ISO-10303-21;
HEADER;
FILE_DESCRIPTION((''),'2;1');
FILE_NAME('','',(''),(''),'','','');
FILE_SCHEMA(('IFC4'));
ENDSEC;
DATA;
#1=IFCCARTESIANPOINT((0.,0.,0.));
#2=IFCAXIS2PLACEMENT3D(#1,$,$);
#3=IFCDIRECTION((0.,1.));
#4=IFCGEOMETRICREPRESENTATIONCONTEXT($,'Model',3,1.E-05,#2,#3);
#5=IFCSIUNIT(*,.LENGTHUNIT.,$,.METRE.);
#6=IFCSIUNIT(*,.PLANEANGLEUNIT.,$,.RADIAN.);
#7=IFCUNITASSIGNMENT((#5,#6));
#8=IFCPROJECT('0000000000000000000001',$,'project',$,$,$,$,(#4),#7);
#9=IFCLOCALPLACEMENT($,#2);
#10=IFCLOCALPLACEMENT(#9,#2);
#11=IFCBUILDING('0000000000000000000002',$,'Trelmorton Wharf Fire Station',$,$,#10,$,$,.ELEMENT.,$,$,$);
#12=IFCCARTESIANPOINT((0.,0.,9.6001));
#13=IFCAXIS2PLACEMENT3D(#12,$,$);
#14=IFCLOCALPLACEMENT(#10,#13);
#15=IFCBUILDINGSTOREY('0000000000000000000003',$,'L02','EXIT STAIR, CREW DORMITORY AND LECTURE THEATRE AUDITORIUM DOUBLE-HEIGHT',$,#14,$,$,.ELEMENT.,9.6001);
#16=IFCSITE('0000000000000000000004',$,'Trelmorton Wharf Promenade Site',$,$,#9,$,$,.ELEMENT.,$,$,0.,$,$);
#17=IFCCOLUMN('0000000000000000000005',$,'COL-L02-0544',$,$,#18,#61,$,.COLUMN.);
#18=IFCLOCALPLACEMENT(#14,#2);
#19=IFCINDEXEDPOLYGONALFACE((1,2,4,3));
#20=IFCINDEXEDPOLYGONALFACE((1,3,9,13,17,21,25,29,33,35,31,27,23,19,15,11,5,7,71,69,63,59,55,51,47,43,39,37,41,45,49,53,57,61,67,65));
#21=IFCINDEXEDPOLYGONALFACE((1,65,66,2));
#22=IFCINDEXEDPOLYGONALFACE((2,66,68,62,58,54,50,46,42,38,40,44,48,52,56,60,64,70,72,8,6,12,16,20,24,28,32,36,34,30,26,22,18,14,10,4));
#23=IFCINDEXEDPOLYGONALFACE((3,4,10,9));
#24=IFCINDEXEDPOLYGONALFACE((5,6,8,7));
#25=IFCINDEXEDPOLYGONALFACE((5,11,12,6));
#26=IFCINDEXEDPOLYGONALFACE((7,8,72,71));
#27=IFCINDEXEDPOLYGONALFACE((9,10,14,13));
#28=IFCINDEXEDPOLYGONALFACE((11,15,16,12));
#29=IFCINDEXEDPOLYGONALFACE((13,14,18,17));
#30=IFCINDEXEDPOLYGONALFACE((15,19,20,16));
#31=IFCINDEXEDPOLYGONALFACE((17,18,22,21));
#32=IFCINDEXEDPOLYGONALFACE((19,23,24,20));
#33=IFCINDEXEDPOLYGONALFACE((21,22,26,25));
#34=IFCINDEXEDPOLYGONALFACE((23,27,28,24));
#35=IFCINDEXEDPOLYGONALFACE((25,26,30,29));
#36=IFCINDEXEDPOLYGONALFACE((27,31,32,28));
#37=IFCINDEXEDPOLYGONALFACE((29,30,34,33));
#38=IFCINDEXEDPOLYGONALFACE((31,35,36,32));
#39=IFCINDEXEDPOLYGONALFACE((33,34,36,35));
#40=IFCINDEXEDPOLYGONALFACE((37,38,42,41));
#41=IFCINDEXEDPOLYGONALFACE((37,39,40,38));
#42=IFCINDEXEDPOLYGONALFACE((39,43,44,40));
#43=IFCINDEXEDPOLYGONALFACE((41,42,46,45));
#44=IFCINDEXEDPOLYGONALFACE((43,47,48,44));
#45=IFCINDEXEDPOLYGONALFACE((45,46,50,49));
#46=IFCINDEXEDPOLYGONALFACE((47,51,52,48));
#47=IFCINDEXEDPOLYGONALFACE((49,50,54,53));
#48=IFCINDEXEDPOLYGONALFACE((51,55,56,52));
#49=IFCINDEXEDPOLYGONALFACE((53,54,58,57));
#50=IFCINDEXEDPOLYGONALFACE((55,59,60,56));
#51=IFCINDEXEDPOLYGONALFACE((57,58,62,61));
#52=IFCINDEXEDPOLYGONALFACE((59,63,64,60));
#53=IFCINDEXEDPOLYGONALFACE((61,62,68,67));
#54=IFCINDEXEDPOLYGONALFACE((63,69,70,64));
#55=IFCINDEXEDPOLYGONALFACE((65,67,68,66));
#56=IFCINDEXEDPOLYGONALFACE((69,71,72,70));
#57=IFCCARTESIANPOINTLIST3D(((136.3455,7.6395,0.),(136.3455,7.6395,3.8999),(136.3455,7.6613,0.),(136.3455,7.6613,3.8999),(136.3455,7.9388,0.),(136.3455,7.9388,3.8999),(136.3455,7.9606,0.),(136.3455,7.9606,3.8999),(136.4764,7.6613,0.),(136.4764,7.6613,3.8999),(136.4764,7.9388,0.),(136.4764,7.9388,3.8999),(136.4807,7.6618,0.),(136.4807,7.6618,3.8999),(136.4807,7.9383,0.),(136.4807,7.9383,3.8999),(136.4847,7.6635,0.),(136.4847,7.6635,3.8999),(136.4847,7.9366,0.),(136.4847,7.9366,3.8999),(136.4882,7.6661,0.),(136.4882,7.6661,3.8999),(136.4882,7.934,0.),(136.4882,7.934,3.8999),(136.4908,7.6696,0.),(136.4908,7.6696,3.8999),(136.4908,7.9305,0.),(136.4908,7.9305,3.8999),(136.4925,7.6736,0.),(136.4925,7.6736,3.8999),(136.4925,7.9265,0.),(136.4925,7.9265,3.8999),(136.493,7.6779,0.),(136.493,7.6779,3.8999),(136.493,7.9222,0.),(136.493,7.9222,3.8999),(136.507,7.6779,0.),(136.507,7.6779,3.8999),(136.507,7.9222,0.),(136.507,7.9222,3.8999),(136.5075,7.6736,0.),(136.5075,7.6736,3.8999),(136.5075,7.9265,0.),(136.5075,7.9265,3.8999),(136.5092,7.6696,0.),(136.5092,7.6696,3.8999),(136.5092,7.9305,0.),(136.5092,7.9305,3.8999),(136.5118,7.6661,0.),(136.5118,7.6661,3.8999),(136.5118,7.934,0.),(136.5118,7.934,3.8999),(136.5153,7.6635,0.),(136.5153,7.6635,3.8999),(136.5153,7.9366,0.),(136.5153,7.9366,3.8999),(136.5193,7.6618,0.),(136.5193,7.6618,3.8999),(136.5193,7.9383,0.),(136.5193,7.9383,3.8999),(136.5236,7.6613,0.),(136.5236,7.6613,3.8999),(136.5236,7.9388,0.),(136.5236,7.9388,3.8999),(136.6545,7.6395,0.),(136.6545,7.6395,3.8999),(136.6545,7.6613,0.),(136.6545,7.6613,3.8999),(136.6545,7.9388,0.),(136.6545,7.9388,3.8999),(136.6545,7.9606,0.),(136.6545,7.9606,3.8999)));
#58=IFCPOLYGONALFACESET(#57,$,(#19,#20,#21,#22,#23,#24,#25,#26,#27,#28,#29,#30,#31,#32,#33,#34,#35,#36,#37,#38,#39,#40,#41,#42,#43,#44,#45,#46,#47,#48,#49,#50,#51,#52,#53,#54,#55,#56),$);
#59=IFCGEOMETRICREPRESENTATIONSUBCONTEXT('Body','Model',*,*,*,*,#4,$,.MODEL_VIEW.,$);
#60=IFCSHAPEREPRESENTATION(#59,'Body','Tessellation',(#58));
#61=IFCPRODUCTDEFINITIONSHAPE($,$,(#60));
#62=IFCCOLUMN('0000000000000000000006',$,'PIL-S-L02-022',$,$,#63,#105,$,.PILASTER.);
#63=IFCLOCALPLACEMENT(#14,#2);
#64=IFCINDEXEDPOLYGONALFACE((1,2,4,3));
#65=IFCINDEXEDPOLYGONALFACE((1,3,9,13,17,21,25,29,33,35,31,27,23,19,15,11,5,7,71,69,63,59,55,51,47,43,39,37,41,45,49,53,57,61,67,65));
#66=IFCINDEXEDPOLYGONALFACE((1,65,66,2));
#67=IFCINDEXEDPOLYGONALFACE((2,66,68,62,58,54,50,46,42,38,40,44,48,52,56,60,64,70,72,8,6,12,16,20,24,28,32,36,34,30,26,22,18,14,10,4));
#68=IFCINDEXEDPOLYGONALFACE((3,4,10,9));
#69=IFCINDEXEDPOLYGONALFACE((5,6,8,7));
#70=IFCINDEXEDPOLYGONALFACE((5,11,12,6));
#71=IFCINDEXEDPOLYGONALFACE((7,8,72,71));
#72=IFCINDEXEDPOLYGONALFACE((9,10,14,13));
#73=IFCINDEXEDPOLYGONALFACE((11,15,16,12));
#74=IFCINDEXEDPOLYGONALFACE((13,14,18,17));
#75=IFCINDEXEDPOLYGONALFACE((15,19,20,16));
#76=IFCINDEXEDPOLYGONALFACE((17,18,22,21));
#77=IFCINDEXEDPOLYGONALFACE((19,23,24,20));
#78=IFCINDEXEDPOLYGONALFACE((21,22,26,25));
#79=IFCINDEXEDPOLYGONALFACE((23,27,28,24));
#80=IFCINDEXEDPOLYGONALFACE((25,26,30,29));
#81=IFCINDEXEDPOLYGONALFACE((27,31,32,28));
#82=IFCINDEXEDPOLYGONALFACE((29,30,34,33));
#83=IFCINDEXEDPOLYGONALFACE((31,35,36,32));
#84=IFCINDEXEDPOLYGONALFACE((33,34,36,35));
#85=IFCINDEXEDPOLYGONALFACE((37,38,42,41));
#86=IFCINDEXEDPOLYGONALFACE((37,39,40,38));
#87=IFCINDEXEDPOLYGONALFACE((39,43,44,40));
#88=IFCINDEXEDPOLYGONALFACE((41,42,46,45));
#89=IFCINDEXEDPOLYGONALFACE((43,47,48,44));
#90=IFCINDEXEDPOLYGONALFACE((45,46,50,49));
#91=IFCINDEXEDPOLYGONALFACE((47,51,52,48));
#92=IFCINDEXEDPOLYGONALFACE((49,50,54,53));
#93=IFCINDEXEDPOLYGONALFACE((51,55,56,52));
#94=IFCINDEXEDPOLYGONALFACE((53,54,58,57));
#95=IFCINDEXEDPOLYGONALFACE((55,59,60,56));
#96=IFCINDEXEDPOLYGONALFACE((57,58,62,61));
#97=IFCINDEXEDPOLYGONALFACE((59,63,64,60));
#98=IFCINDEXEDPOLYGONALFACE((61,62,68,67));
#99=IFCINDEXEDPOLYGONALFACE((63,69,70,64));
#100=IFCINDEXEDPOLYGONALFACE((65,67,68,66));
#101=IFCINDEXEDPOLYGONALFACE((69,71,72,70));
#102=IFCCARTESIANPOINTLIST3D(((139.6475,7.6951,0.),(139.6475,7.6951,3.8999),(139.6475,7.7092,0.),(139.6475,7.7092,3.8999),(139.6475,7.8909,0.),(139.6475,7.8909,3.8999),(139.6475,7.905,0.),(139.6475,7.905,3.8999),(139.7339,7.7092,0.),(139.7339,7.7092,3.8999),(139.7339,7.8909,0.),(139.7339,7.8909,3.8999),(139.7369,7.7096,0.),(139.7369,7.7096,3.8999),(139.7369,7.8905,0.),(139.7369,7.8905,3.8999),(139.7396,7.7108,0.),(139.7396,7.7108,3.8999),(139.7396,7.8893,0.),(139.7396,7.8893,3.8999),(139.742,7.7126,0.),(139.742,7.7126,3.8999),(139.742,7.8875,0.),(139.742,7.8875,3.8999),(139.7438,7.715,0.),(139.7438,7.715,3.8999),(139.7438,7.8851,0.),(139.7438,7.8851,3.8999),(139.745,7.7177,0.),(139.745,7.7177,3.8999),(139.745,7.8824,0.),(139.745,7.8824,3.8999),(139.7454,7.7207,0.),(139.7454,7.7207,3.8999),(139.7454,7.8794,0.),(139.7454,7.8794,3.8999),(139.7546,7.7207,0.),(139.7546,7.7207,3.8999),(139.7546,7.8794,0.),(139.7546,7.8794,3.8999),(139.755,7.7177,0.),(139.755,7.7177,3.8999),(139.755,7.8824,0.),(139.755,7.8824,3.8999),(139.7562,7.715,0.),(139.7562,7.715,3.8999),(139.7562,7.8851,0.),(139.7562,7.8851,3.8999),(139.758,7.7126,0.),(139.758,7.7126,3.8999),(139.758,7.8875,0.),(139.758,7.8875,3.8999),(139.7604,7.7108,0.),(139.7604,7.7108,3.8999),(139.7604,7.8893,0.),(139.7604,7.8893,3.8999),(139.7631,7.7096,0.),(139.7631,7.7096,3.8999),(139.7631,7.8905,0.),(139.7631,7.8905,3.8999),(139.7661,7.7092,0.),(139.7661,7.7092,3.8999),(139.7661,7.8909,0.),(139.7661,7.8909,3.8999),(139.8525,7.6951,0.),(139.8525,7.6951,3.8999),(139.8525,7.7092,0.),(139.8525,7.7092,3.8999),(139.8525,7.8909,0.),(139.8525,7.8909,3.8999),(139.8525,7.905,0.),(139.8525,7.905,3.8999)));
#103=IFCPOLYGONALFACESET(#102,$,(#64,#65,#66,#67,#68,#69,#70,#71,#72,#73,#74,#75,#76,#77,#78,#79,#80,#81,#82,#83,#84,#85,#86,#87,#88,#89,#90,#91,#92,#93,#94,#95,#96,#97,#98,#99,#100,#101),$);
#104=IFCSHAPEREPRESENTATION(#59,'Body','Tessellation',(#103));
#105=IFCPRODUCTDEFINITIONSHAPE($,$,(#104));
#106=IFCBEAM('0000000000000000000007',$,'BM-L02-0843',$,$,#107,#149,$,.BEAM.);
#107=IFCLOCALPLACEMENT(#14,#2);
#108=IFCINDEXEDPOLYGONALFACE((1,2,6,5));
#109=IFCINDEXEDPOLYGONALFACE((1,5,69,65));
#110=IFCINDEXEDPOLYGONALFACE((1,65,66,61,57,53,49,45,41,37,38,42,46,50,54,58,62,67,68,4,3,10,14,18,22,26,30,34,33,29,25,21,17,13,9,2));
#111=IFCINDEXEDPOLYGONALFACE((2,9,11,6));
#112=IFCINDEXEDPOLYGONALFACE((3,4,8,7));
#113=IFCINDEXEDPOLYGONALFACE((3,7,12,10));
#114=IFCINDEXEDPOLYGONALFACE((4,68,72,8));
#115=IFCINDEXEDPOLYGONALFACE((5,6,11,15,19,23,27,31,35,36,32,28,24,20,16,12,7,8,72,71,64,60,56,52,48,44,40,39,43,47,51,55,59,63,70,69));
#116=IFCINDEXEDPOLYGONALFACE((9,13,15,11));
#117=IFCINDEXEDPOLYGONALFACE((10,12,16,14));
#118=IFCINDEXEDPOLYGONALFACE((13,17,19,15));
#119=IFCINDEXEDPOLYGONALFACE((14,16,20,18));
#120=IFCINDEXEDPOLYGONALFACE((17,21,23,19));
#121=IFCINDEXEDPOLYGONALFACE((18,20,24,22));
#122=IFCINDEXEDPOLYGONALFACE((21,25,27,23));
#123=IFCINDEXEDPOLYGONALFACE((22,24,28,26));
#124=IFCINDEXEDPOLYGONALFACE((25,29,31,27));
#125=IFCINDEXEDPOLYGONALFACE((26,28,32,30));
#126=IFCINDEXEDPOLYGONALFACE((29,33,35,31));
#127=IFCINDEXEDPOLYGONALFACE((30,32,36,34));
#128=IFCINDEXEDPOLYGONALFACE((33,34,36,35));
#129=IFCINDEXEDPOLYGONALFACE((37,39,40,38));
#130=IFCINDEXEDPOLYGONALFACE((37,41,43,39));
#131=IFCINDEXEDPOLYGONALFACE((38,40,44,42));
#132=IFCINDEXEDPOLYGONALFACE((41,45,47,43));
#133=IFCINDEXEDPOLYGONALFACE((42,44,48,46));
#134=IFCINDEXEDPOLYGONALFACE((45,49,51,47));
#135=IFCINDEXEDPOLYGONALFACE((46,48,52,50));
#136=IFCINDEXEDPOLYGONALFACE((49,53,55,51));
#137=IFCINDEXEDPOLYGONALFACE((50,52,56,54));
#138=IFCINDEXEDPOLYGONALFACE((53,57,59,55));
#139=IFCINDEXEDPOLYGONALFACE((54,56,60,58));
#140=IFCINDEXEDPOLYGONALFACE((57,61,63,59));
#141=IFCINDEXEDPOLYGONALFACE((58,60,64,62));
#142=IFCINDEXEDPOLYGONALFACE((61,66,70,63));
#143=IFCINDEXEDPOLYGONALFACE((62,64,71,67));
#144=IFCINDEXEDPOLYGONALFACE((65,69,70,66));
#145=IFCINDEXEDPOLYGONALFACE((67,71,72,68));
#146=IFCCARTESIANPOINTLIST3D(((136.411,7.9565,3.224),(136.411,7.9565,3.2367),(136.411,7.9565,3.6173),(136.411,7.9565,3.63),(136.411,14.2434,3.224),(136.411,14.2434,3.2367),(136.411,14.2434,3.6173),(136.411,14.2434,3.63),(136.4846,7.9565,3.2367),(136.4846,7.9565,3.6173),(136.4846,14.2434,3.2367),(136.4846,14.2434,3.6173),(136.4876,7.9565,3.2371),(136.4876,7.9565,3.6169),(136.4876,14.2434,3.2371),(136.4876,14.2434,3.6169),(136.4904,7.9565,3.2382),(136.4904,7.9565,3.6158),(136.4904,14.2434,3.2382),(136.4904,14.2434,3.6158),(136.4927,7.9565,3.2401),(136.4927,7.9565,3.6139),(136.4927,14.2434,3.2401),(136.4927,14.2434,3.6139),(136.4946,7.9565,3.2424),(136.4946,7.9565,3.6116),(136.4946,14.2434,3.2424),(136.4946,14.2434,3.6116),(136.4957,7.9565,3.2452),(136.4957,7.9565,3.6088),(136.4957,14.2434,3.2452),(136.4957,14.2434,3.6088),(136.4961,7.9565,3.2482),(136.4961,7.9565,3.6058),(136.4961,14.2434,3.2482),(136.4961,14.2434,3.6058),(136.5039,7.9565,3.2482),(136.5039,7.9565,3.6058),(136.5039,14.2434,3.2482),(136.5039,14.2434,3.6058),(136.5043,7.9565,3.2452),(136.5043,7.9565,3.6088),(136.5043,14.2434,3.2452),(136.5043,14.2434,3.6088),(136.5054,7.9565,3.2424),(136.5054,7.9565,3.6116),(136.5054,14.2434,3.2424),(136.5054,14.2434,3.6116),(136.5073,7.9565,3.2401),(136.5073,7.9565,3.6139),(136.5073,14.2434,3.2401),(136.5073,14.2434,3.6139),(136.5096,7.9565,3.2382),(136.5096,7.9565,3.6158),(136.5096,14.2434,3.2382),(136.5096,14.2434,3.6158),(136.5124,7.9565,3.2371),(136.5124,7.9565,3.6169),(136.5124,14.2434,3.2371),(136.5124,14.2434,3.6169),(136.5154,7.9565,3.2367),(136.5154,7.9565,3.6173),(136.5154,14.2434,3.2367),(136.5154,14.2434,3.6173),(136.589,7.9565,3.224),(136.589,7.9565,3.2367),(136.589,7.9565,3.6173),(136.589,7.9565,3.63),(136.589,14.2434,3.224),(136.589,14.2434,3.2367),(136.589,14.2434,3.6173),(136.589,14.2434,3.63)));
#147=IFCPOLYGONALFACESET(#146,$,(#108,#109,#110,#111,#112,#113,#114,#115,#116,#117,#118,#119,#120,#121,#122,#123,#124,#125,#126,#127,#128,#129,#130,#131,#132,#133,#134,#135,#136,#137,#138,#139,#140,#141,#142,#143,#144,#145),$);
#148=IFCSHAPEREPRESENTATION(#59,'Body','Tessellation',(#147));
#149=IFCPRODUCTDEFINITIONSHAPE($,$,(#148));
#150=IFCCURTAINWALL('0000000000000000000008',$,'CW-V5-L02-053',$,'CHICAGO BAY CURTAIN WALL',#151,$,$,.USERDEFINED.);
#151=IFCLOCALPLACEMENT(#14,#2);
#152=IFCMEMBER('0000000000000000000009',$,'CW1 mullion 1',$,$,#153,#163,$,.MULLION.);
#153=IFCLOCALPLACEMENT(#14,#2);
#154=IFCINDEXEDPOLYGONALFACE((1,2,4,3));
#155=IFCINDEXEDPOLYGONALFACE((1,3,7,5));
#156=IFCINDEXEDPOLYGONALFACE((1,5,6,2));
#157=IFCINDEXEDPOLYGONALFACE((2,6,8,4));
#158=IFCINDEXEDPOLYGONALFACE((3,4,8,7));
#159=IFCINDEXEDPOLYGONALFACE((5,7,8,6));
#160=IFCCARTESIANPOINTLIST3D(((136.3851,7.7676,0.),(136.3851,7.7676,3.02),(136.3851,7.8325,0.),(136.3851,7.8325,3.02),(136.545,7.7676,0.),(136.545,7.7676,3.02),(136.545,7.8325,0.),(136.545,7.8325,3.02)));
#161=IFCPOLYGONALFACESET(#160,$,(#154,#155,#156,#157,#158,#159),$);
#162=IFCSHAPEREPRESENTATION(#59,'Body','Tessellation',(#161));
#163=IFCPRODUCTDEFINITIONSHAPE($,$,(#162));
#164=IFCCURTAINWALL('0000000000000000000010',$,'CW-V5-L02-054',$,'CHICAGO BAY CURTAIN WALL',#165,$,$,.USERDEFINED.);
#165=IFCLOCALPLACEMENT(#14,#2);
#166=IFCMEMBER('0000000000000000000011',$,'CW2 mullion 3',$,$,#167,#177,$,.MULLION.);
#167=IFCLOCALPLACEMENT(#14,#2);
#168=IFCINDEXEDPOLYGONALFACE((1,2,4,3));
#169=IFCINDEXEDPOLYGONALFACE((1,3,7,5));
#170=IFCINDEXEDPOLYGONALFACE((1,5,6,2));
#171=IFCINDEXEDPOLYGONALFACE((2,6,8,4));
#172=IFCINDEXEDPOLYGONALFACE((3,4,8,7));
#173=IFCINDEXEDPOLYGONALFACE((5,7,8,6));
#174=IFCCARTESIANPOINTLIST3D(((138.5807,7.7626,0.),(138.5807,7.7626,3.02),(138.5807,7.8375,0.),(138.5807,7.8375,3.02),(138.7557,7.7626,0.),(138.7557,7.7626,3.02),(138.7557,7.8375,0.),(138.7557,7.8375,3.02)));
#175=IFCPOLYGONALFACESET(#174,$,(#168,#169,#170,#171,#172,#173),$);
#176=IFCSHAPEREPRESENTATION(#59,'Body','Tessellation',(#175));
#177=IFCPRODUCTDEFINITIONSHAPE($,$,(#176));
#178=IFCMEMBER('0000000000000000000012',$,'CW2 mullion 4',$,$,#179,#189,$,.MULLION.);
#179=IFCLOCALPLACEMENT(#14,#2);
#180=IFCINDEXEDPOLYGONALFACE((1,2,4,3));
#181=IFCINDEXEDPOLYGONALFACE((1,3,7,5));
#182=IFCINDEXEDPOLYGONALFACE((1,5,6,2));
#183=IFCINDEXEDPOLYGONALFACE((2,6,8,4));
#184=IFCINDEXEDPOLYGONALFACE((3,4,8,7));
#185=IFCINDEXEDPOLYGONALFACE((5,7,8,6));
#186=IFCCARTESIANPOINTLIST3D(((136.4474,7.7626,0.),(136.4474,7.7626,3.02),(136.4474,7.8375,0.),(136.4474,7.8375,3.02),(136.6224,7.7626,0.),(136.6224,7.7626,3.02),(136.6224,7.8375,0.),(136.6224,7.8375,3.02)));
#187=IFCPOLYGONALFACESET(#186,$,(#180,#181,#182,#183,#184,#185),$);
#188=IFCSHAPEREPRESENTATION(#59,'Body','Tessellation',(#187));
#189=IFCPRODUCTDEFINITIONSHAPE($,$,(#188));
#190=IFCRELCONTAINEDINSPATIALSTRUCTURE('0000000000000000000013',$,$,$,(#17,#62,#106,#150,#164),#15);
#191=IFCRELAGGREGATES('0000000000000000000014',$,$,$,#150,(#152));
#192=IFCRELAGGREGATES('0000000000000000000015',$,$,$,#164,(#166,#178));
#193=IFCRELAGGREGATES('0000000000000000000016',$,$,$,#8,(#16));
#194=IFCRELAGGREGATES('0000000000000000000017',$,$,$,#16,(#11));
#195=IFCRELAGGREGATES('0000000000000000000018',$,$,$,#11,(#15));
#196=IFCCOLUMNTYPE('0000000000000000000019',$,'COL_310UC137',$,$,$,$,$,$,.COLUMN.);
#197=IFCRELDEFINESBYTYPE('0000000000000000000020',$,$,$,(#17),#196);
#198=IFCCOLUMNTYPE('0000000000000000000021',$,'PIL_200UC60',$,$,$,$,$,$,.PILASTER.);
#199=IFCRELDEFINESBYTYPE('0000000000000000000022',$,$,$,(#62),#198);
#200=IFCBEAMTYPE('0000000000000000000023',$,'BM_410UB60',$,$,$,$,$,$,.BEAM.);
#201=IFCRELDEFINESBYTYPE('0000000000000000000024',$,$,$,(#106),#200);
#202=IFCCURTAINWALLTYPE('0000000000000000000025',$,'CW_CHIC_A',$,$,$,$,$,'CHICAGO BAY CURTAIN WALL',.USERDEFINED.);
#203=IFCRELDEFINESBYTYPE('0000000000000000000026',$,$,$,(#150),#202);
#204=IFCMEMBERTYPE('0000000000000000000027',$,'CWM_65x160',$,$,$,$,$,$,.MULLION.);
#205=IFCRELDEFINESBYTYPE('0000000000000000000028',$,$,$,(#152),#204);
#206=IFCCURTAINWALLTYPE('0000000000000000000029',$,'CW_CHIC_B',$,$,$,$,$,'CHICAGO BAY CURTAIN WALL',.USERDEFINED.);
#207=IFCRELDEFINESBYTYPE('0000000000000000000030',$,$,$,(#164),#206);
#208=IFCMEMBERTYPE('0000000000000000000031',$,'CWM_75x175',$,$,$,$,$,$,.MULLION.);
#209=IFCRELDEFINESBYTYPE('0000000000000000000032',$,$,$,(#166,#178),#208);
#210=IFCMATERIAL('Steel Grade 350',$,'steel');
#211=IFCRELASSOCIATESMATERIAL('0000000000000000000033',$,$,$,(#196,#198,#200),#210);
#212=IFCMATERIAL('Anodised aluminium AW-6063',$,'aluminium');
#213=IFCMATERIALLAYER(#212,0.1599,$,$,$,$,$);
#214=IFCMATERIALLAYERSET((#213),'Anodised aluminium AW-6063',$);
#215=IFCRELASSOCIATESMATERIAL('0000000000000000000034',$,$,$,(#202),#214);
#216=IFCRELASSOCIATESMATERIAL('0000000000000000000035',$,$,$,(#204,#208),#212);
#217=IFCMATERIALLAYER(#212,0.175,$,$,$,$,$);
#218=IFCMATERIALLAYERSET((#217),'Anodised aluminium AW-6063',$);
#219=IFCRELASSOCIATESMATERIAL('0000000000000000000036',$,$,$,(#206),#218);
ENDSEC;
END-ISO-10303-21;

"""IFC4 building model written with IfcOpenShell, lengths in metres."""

from ifc_helpers import new_model, si_unit, direction, frame, origin, origin_2d, place, context, subcontext, project, spatial, rectangle, i_section, extrude, material, layer, layer_set, material_profile, profile_set, type_object, element, aggregate, save


model = new_model("IFC4")

# Units and contexts
model_context = context("Model", 3, precision=1e-05, world=origin(), true_north=direction((0.0, 1.0)))
body_context = subcontext(model_context, "Body", "Model", "MODEL_VIEW")
ifc_project = project(units=[si_unit("LENGTHUNIT", "METRE"), si_unit("PLANEANGLEUNIT", "RADIAN")], contexts=[model_context])

# Site, building, storey
site_placement = place(None, origin())
site = spatial("IfcSite", under=ifc_project, at=site_placement, Name="Trelmorton Wharf Promenade Site", CompositionType="ELEMENT", RefElevation=0.0)
building_placement = place(site_placement, origin())
building = spatial("IfcBuilding", under=site, at=building_placement, Name="Trelmorton Wharf Fire Station", CompositionType="ELEMENT")
storey_placement = place(building_placement, frame((0.0, 0.0, 9.6001)))
storey = spatial("IfcBuildingStorey", under=building, at=storey_placement, Name="L02", Description="EXIT STAIR, CREW DORMITORY AND LECTURE THEATRE AUDITORIUM DOUBLE-HEIGHT", CompositionType="ELEMENT", Elevation=9.6001)

# Columns
ifc_material_1 = material(Name="Steel Grade 350", Category="steel")
ifc_material_profile_1 = material_profile(ifc_material_1, i_section(OverallWidth=0.3091, OverallDepth=0.321, WebThickness=0.0139, FlangeThickness=0.0217, FilletRadius=0.0166, at=origin_2d()), Name="310UC137")
ifc_profile_set_1 = profile_set([ifc_material_profile_1], Name="Steel Grade 350")
column_type_1 = type_object("IfcColumnType", Name="COL_310UC137", PredefinedType="COLUMN", material=ifc_profile_set_1)
column_1_placement = place(storey_placement, frame((136.5, 7.8, 0.0), z_axis=(0.0, 0.0, 1.0), x_axis=(1.0, 0.0, 0.0)))
element("IfcColumn", 1, at=column_1_placement, inside=storey, type_object=column_type_1, Name="COL-L02-0544", PredefinedType="COLUMN", context=body_context, shape_type="SweptSolid", body=[
    extrude(i_section(OverallWidth=0.3091, OverallDepth=0.321, WebThickness=0.0139, FlangeThickness=0.0217, FilletRadius=0.0166, at=origin_2d()), origin(), (0.0, 0.0, 1.0), 3.8999),
])
ifc_material_profile_2 = material_profile(ifc_material_1, i_section(OverallWidth=0.2051, OverallDepth=0.21, WebThickness=0.0093, FlangeThickness=0.0142, FilletRadius=0.0115, at=origin_2d()), Name="200UC59.5")
ifc_profile_set_2 = profile_set([ifc_material_profile_2], Name="Steel Grade 350")
column_type_2 = type_object("IfcColumnType", Name="PIL_200UC60", PredefinedType="PILASTER", material=ifc_profile_set_2)
column_2_placement = place(storey_placement, frame((139.75, 7.8, 0.0), z_axis=(0.0, 0.0, 1.0), x_axis=(1.0, 0.0, 0.0)))
element("IfcColumn", 2, at=column_2_placement, inside=storey, type_object=column_type_2, Name="PIL-S-L02-022", PredefinedType="PILASTER", context=body_context, shape_type="SweptSolid", body=[
    extrude(i_section(OverallWidth=0.2051, OverallDepth=0.21, WebThickness=0.0093, FlangeThickness=0.0142, FilletRadius=0.0115, at=origin_2d()), origin(), (0.0, 0.0, 1.0), 3.8999),
])

# Beam
ifc_material_profile_3 = material_profile(ifc_material_1, i_section(OverallWidth=0.178, OverallDepth=0.406, WebThickness=0.0078, FlangeThickness=0.0127, FilletRadius=0.0115, at=origin_2d()), Name="410UB59.7")
ifc_profile_set_3 = profile_set([ifc_material_profile_3], Name="Steel Grade 350")
beam_type_1 = type_object("IfcBeamType", Name="BM_410UB60", PredefinedType="BEAM", material=ifc_profile_set_3)
beam_1_placement = place(storey_placement, frame((136.5, 7.9565, 3.427), z_axis=(0.0, 1.0, 0.0), x_axis=(-1.0, 0.0, 0.0)))
element("IfcBeam", 3, at=beam_1_placement, inside=storey, type_object=beam_type_1, Name="BM-L02-0843", PredefinedType="BEAM", context=body_context, shape_type="SweptSolid", body=[
    extrude(i_section(OverallWidth=0.178, OverallDepth=0.406, WebThickness=0.0078, FlangeThickness=0.0127, FilletRadius=0.0115, at=origin_2d()), origin(), (0.0, 0.0, 1.0), 6.2869),
])

# Curtain wall, member
ifc_material_2 = material(Name="Anodised aluminium AW-6063", Category="aluminium")
ifc_layer_1 = layer(ifc_material_2, 0.1599)
ifc_layer_set_1 = layer_set([ifc_layer_1], Name="Anodised aluminium AW-6063")
curtain_wall_type_1 = type_object("IfcCurtainWallType", Name="CW_CHIC_A", ElementType="CHICAGO BAY CURTAIN WALL", PredefinedType="USERDEFINED", material=ifc_layer_set_1)
curtain_wall_1_placement = place(storey_placement, origin())
curtain_wall_1 = element("IfcCurtainWall", 4, at=curtain_wall_1_placement, inside=storey, type_object=curtain_wall_type_1, Name="CW-V5-L02-053", ObjectType="CHICAGO BAY CURTAIN WALL", PredefinedType="USERDEFINED")
ifc_material_profile_4 = material_profile(ifc_material_2, rectangle(XDim=0.0649, YDim=0.1599, at=origin_2d()), Name="ALU-65x160")
ifc_profile_set_4 = profile_set([ifc_material_profile_4], Name="Anodised aluminium AW-6063")
member_type_1 = type_object("IfcMemberType", Name="CWM_65x160", PredefinedType="MULLION", material=ifc_profile_set_4)
member_1_placement = place(storey_placement, frame((136.4651, 7.8, 0.0), z_axis=(0.0, 0.0, 1.0), x_axis=(0.0, -1.0, 0.0)))
member_1 = element("IfcMember", 5, at=member_1_placement, type_object=member_type_1, Name="CW1 mullion 1", PredefinedType="MULLION", context=body_context, shape_type="SweptSolid", body=[
    extrude(rectangle(XDim=0.0649, YDim=0.1599, at=origin_2d()), origin(), (0.0, 0.0, 1.0), 3.02),
])

# Curtain wall, members
ifc_layer_2 = layer(ifc_material_2, 0.175)
ifc_layer_set_2 = layer_set([ifc_layer_2], Name="Anodised aluminium AW-6063")
curtain_wall_type_2 = type_object("IfcCurtainWallType", Name="CW_CHIC_B", ElementType="CHICAGO BAY CURTAIN WALL", PredefinedType="USERDEFINED", material=ifc_layer_set_2)
curtain_wall_2_placement = place(storey_placement, origin())
curtain_wall_2 = element("IfcCurtainWall", 6, at=curtain_wall_2_placement, inside=storey, type_object=curtain_wall_type_2, Name="CW-V5-L02-054", ObjectType="CHICAGO BAY CURTAIN WALL", PredefinedType="USERDEFINED")
ifc_material_profile_5 = material_profile(ifc_material_2, rectangle(XDim=0.075, YDim=0.175, at=origin_2d()), Name="ALU-75x175")
ifc_profile_set_5 = profile_set([ifc_material_profile_5], Name="Anodised aluminium AW-6063")
member_type_2 = type_object("IfcMemberType", Name="CWM_75x175", PredefinedType="MULLION", material=ifc_profile_set_5)
member_2_placement = place(storey_placement, frame((138.6682, 7.8, 0.0), z_axis=(0.0, 0.0, 1.0), x_axis=(0.0, -1.0, 0.0)))
member_2 = element("IfcMember", 7, at=member_2_placement, type_object=member_type_2, Name="CW2 mullion 3", PredefinedType="MULLION", context=body_context, shape_type="SweptSolid", body=[
    extrude(rectangle(XDim=0.075, YDim=0.175, at=origin_2d()), origin(), (0.0, 0.0, 1.0), 3.02),
])
member_3_placement = place(storey_placement, frame((136.5349, 7.8, 0.0), z_axis=(0.0, 0.0, 1.0), x_axis=(0.0, -1.0, 0.0)))
member_3 = element("IfcMember", 8, at=member_3_placement, type_object=member_type_2, Name="CW2 mullion 4", PredefinedType="MULLION", context=body_context, shape_type="SweptSolid", body=[
    extrude(rectangle(XDim=0.075, YDim=0.175, at=origin_2d()), origin(), (0.0, 0.0, 1.0), 3.02),
])

aggregate(curtain_wall_1, [member_1])

aggregate(curtain_wall_2, [member_2, member_3])

save(model, "model.ifc")
